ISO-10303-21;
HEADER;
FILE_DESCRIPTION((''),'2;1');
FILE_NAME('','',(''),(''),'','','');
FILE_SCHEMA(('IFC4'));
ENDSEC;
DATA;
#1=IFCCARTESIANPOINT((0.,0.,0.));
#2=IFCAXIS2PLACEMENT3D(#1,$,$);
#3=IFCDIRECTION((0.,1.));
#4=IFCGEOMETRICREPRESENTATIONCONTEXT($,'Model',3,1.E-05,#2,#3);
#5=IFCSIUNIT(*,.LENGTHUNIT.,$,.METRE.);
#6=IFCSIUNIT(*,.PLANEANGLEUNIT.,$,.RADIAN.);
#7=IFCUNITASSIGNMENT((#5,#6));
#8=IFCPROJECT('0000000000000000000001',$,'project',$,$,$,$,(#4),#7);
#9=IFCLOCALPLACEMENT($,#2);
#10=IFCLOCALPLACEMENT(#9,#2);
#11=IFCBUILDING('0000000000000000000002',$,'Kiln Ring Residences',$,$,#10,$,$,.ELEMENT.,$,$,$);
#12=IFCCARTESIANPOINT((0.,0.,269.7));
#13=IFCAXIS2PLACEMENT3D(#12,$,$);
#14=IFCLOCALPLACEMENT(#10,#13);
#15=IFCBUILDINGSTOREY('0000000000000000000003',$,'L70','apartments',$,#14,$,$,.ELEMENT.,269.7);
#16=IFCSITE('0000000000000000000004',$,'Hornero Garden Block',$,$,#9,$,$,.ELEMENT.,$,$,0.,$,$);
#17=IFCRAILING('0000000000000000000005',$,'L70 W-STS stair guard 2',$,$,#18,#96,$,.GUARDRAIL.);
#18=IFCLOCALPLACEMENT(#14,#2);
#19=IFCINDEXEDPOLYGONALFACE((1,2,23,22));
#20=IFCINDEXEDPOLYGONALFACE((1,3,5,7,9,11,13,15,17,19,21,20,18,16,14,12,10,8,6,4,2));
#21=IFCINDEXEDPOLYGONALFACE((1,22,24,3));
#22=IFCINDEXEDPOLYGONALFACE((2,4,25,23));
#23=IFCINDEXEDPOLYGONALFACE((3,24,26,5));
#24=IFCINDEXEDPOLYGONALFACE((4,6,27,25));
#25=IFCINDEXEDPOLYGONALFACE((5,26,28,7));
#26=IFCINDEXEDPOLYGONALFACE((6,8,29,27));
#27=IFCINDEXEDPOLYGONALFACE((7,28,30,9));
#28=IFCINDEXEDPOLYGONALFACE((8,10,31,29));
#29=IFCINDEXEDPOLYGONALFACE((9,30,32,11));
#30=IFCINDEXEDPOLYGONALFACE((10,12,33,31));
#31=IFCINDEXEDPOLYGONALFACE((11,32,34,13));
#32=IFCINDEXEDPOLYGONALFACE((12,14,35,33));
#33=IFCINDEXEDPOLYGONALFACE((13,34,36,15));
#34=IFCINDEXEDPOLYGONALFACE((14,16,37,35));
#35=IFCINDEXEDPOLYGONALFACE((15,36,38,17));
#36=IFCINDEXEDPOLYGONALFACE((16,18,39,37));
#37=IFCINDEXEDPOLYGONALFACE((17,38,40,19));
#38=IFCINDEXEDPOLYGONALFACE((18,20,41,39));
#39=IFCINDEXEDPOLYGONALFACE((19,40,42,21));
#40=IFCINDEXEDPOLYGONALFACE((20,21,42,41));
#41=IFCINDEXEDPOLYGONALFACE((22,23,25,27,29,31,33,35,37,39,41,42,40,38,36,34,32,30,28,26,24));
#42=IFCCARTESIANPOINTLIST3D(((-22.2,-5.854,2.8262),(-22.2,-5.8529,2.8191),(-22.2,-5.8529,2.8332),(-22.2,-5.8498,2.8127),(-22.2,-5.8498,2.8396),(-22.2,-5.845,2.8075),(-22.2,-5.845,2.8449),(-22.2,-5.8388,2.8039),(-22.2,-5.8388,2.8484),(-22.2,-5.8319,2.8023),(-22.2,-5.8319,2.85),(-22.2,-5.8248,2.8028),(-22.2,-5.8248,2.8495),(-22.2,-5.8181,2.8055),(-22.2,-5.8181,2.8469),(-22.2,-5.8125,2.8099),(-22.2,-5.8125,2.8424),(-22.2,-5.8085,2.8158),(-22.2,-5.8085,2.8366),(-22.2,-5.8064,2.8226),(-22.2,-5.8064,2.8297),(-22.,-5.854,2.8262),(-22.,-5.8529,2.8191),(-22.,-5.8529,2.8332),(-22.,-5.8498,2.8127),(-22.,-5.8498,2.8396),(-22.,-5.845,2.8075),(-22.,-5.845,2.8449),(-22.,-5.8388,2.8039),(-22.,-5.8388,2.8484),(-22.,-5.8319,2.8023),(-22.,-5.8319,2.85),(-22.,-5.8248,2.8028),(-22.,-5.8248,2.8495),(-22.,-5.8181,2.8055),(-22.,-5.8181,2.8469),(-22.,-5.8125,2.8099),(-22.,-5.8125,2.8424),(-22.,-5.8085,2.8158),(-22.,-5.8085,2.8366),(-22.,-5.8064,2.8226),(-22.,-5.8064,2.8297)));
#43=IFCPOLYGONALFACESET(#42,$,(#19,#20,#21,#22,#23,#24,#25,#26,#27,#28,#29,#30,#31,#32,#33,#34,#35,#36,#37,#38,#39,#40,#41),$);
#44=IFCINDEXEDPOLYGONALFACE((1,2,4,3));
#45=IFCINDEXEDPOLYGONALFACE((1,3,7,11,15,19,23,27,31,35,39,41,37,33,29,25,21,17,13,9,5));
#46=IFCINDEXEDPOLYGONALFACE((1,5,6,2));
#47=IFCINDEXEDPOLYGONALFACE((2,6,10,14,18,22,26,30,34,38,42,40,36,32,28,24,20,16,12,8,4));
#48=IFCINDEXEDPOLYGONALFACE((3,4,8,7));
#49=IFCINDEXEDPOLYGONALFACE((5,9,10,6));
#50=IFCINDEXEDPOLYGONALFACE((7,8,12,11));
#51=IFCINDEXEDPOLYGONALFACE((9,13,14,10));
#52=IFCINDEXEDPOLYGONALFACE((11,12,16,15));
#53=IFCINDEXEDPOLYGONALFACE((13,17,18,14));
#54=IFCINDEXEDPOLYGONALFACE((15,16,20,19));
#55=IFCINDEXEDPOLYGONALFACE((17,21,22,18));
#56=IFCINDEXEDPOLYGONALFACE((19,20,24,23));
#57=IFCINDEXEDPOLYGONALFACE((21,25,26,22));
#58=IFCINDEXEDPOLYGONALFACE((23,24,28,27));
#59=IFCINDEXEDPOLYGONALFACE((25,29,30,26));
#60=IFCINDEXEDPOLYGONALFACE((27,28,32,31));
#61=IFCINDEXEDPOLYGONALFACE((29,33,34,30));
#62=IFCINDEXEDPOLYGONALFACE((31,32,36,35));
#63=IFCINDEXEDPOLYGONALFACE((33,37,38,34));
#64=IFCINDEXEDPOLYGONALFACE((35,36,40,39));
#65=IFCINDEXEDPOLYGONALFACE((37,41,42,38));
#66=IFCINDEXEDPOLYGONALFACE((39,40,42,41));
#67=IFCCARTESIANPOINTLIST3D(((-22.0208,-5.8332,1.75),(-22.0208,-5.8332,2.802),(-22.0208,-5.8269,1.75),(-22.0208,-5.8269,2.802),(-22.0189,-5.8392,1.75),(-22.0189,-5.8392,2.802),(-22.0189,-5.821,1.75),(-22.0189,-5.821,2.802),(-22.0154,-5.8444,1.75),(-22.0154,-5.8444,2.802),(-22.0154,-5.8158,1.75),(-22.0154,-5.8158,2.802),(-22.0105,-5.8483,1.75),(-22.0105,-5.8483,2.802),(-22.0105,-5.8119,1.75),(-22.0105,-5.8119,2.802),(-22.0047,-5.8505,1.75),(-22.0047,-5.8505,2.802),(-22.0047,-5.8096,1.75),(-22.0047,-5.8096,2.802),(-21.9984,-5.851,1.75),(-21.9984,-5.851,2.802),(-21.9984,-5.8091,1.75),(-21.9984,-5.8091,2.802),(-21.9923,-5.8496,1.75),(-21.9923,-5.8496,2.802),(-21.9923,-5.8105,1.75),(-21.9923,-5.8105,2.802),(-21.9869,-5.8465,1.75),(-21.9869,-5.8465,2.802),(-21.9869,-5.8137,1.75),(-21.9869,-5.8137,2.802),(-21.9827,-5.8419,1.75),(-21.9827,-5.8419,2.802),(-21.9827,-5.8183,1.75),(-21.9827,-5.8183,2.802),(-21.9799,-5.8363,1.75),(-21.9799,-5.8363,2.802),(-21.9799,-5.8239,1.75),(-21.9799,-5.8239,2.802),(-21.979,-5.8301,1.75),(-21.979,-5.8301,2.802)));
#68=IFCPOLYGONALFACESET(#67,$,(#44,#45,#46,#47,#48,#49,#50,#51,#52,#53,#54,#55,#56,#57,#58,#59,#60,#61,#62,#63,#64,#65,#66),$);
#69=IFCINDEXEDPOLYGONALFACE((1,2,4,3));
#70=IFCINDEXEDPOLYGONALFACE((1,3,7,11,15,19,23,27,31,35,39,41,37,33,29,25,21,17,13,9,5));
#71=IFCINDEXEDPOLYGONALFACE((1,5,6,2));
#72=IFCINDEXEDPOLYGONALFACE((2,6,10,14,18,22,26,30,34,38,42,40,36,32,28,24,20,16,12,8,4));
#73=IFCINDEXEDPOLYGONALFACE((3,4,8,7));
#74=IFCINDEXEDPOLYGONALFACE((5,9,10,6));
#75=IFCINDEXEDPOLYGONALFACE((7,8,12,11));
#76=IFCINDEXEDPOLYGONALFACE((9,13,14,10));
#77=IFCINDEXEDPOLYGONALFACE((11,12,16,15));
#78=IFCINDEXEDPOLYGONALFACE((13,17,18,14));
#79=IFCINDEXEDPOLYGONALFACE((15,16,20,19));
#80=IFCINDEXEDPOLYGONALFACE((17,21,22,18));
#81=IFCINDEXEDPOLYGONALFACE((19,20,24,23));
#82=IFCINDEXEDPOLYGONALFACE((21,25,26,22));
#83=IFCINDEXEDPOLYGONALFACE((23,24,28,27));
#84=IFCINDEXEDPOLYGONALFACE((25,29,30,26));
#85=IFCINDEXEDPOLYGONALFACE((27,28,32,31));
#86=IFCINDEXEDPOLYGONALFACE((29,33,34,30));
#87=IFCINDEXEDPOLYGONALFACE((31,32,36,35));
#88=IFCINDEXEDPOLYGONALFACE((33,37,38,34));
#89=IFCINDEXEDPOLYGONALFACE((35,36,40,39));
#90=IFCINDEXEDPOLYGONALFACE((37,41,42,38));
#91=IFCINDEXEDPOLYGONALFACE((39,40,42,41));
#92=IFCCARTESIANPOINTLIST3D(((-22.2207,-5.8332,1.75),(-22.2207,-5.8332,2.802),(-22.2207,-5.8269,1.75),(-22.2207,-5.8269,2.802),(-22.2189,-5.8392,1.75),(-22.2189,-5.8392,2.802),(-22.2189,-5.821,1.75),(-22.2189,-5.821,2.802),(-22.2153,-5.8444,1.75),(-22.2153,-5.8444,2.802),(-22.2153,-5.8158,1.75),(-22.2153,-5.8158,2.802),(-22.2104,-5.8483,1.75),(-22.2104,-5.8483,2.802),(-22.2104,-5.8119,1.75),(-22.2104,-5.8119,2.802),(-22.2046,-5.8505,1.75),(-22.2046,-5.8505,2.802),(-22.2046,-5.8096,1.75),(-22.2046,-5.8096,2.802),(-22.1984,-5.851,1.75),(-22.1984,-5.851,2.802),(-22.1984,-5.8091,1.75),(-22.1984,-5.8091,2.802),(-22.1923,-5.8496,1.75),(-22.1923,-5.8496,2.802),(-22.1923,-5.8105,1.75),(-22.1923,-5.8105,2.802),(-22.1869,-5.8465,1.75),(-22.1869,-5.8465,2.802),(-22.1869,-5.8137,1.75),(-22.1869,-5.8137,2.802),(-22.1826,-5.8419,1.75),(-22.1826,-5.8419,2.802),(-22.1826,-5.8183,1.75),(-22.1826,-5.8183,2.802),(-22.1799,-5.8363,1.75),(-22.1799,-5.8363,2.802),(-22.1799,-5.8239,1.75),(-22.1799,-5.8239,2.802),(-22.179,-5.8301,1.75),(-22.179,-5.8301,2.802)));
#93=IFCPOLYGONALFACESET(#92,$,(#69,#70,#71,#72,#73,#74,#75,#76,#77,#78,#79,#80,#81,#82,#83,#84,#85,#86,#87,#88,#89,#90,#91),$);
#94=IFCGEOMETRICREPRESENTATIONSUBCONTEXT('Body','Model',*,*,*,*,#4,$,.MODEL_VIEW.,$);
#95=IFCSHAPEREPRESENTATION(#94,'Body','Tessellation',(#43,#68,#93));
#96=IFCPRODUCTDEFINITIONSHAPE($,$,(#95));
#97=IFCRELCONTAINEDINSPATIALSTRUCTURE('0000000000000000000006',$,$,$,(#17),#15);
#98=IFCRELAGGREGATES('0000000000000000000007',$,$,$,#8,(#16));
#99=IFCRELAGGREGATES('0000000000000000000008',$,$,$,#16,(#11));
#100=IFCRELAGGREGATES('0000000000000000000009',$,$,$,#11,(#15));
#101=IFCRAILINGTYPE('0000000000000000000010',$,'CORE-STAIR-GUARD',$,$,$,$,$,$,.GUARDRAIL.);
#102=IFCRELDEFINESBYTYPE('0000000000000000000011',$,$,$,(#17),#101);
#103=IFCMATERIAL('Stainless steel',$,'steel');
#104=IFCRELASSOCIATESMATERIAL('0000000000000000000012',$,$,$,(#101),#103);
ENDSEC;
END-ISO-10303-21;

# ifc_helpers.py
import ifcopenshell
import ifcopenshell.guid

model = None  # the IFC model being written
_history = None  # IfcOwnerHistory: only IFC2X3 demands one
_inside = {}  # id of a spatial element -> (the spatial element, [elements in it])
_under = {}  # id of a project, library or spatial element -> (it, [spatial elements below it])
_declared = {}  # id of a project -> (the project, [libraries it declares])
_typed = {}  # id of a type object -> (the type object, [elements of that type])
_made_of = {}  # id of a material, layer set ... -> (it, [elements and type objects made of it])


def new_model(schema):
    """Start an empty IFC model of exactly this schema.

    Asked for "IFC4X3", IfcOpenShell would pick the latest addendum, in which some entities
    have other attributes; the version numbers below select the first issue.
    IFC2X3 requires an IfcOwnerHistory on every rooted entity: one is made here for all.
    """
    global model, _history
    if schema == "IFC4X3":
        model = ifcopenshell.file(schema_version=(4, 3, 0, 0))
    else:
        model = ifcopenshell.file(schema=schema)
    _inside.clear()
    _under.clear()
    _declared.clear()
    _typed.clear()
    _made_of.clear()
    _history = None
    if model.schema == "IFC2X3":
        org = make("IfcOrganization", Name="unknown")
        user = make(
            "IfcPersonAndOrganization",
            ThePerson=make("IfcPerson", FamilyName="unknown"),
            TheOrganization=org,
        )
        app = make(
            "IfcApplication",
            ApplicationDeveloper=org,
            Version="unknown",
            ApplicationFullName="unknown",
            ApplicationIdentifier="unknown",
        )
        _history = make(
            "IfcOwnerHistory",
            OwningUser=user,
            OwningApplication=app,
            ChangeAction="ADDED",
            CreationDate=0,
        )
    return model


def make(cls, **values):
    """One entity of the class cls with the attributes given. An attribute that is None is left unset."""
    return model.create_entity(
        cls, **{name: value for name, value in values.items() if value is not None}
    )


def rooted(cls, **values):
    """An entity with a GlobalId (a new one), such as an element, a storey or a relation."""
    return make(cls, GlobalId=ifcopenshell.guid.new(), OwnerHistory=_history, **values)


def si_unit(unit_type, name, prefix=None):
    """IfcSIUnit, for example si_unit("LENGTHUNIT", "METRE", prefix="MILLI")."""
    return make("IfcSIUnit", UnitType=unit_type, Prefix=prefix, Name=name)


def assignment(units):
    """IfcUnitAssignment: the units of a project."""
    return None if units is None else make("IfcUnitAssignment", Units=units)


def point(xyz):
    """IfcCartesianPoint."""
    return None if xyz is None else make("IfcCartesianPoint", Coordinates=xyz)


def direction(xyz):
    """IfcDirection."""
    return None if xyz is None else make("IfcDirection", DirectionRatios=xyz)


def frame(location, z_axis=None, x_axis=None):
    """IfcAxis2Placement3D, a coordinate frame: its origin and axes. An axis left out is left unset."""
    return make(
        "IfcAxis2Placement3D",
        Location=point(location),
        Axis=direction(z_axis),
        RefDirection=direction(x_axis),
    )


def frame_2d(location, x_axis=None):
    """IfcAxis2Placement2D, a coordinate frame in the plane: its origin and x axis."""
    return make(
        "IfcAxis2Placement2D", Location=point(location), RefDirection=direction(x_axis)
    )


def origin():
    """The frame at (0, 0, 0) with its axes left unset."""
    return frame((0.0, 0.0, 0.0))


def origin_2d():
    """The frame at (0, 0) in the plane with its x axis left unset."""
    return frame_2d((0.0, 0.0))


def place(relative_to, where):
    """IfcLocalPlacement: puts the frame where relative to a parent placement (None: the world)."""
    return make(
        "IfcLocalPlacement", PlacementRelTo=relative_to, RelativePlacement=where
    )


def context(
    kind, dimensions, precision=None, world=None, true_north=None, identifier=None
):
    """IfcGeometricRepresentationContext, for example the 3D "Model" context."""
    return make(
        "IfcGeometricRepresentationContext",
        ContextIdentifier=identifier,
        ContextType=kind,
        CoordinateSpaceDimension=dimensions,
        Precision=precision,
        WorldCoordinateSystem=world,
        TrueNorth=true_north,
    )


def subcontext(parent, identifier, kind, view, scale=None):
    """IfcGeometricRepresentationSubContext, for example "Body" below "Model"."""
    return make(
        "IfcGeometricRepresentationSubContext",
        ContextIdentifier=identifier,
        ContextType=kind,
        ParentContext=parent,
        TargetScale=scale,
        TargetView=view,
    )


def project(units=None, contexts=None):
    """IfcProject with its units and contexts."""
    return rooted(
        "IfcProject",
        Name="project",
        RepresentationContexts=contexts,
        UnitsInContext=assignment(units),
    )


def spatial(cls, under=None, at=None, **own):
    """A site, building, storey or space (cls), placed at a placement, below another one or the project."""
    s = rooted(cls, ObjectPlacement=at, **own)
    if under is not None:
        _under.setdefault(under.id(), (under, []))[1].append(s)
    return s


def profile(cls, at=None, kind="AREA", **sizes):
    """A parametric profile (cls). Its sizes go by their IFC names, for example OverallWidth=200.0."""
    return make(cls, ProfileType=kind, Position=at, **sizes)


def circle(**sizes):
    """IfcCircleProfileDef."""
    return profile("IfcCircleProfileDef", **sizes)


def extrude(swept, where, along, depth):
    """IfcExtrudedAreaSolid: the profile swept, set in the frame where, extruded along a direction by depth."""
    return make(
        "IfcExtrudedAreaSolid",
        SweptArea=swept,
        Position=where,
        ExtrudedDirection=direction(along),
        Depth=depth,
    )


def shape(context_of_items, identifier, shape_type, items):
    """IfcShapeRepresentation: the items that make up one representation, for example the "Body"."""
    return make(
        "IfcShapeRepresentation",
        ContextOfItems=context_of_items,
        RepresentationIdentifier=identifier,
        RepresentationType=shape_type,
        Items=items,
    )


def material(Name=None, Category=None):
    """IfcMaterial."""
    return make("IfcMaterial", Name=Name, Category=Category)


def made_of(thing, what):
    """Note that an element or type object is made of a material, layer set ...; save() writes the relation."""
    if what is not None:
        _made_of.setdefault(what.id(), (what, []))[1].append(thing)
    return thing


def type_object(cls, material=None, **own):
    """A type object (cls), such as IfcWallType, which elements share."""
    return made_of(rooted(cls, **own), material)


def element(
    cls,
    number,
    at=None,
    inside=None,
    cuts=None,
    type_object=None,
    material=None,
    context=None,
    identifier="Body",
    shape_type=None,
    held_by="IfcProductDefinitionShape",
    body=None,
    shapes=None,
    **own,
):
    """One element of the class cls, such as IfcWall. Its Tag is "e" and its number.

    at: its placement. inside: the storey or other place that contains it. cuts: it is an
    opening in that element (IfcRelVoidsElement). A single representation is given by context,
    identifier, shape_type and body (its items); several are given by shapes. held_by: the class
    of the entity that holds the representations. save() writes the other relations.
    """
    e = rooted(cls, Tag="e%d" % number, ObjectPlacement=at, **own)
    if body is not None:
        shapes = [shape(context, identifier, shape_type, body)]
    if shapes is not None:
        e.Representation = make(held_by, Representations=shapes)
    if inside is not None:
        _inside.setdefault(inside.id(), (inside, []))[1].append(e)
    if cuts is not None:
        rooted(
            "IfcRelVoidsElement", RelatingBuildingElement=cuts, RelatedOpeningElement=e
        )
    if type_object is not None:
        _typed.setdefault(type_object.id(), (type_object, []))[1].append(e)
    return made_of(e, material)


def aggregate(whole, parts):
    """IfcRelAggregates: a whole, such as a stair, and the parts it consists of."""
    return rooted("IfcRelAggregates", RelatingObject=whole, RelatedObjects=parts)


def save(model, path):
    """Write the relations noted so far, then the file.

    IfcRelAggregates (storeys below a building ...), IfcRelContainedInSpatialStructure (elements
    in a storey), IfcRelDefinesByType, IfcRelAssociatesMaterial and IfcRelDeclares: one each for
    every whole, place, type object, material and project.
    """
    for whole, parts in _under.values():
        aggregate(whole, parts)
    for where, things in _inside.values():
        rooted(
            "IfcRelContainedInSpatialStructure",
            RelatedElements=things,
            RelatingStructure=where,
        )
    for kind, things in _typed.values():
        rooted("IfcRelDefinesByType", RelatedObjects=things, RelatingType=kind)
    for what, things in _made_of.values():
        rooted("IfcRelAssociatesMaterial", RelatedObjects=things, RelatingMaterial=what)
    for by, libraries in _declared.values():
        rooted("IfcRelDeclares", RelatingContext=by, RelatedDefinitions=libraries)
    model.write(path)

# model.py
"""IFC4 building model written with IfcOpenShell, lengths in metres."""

from ifc_helpers import new_model, si_unit, direction, frame, origin, origin_2d, place, context, subcontext, project, spatial, circle, extrude, material, type_object, element, save


model = new_model("IFC4")

# Units and contexts
model_context = context("Model", 3, precision=1e-05, world=origin(), true_north=direction((0.0, 1.0)))
body_context = subcontext(model_context, "Body", "Model", "MODEL_VIEW")
ifc_project = project(units=[si_unit("LENGTHUNIT", "METRE"), si_unit("PLANEANGLEUNIT", "RADIAN")], contexts=[model_context])

# Site, building, storey
site_placement = place(None, origin())
site = spatial("IfcSite", under=ifc_project, at=site_placement, Name="Hornero Garden Block", CompositionType="ELEMENT", RefElevation=0.0)
building_placement = place(site_placement, origin())
building = spatial("IfcBuilding", under=site, at=building_placement, Name="Kiln Ring Residences", CompositionType="ELEMENT")
storey_placement = place(building_placement, frame((0.0, 0.0, 269.7)))
storey = spatial("IfcBuildingStorey", under=building, at=storey_placement, Name="L70", Description="apartments", CompositionType="ELEMENT", Elevation=269.7)

# Railing
ifc_material_1 = material(Name="Stainless steel", Category="steel")
railing_type_1 = type_object("IfcRailingType", Name="CORE-STAIR-GUARD", PredefinedType="GUARDRAIL", material=ifc_material_1)
railing_1_placement = place(storey_placement, frame((-22.0, -5.8301, 1.75)))
element("IfcRailing", 1, at=railing_1_placement, inside=storey, type_object=railing_type_1, Name="L70 W-STS stair guard 2", PredefinedType="GUARDRAIL", context=body_context, shape_type="SweptSolid", body=[
    extrude(circle(Radius=0.0239, at=origin_2d()), frame((0.0, 0.0, 1.0762), z_axis=(-1.0, 0.0, 0.0), x_axis=(0.0, -1.0, 0.0)), (0.0, 0.0, 1.0), 0.2),
    extrude(circle(Radius=0.021, at=origin_2d()), origin(), (0.0, 0.0, 1.0), 1.052),
    extrude(circle(Radius=0.021, at=origin_2d()), frame((-0.2, 0.0, 0.0)), (0.0, 0.0, 1.0), 1.052),
])

save(model, "model.ifc")
